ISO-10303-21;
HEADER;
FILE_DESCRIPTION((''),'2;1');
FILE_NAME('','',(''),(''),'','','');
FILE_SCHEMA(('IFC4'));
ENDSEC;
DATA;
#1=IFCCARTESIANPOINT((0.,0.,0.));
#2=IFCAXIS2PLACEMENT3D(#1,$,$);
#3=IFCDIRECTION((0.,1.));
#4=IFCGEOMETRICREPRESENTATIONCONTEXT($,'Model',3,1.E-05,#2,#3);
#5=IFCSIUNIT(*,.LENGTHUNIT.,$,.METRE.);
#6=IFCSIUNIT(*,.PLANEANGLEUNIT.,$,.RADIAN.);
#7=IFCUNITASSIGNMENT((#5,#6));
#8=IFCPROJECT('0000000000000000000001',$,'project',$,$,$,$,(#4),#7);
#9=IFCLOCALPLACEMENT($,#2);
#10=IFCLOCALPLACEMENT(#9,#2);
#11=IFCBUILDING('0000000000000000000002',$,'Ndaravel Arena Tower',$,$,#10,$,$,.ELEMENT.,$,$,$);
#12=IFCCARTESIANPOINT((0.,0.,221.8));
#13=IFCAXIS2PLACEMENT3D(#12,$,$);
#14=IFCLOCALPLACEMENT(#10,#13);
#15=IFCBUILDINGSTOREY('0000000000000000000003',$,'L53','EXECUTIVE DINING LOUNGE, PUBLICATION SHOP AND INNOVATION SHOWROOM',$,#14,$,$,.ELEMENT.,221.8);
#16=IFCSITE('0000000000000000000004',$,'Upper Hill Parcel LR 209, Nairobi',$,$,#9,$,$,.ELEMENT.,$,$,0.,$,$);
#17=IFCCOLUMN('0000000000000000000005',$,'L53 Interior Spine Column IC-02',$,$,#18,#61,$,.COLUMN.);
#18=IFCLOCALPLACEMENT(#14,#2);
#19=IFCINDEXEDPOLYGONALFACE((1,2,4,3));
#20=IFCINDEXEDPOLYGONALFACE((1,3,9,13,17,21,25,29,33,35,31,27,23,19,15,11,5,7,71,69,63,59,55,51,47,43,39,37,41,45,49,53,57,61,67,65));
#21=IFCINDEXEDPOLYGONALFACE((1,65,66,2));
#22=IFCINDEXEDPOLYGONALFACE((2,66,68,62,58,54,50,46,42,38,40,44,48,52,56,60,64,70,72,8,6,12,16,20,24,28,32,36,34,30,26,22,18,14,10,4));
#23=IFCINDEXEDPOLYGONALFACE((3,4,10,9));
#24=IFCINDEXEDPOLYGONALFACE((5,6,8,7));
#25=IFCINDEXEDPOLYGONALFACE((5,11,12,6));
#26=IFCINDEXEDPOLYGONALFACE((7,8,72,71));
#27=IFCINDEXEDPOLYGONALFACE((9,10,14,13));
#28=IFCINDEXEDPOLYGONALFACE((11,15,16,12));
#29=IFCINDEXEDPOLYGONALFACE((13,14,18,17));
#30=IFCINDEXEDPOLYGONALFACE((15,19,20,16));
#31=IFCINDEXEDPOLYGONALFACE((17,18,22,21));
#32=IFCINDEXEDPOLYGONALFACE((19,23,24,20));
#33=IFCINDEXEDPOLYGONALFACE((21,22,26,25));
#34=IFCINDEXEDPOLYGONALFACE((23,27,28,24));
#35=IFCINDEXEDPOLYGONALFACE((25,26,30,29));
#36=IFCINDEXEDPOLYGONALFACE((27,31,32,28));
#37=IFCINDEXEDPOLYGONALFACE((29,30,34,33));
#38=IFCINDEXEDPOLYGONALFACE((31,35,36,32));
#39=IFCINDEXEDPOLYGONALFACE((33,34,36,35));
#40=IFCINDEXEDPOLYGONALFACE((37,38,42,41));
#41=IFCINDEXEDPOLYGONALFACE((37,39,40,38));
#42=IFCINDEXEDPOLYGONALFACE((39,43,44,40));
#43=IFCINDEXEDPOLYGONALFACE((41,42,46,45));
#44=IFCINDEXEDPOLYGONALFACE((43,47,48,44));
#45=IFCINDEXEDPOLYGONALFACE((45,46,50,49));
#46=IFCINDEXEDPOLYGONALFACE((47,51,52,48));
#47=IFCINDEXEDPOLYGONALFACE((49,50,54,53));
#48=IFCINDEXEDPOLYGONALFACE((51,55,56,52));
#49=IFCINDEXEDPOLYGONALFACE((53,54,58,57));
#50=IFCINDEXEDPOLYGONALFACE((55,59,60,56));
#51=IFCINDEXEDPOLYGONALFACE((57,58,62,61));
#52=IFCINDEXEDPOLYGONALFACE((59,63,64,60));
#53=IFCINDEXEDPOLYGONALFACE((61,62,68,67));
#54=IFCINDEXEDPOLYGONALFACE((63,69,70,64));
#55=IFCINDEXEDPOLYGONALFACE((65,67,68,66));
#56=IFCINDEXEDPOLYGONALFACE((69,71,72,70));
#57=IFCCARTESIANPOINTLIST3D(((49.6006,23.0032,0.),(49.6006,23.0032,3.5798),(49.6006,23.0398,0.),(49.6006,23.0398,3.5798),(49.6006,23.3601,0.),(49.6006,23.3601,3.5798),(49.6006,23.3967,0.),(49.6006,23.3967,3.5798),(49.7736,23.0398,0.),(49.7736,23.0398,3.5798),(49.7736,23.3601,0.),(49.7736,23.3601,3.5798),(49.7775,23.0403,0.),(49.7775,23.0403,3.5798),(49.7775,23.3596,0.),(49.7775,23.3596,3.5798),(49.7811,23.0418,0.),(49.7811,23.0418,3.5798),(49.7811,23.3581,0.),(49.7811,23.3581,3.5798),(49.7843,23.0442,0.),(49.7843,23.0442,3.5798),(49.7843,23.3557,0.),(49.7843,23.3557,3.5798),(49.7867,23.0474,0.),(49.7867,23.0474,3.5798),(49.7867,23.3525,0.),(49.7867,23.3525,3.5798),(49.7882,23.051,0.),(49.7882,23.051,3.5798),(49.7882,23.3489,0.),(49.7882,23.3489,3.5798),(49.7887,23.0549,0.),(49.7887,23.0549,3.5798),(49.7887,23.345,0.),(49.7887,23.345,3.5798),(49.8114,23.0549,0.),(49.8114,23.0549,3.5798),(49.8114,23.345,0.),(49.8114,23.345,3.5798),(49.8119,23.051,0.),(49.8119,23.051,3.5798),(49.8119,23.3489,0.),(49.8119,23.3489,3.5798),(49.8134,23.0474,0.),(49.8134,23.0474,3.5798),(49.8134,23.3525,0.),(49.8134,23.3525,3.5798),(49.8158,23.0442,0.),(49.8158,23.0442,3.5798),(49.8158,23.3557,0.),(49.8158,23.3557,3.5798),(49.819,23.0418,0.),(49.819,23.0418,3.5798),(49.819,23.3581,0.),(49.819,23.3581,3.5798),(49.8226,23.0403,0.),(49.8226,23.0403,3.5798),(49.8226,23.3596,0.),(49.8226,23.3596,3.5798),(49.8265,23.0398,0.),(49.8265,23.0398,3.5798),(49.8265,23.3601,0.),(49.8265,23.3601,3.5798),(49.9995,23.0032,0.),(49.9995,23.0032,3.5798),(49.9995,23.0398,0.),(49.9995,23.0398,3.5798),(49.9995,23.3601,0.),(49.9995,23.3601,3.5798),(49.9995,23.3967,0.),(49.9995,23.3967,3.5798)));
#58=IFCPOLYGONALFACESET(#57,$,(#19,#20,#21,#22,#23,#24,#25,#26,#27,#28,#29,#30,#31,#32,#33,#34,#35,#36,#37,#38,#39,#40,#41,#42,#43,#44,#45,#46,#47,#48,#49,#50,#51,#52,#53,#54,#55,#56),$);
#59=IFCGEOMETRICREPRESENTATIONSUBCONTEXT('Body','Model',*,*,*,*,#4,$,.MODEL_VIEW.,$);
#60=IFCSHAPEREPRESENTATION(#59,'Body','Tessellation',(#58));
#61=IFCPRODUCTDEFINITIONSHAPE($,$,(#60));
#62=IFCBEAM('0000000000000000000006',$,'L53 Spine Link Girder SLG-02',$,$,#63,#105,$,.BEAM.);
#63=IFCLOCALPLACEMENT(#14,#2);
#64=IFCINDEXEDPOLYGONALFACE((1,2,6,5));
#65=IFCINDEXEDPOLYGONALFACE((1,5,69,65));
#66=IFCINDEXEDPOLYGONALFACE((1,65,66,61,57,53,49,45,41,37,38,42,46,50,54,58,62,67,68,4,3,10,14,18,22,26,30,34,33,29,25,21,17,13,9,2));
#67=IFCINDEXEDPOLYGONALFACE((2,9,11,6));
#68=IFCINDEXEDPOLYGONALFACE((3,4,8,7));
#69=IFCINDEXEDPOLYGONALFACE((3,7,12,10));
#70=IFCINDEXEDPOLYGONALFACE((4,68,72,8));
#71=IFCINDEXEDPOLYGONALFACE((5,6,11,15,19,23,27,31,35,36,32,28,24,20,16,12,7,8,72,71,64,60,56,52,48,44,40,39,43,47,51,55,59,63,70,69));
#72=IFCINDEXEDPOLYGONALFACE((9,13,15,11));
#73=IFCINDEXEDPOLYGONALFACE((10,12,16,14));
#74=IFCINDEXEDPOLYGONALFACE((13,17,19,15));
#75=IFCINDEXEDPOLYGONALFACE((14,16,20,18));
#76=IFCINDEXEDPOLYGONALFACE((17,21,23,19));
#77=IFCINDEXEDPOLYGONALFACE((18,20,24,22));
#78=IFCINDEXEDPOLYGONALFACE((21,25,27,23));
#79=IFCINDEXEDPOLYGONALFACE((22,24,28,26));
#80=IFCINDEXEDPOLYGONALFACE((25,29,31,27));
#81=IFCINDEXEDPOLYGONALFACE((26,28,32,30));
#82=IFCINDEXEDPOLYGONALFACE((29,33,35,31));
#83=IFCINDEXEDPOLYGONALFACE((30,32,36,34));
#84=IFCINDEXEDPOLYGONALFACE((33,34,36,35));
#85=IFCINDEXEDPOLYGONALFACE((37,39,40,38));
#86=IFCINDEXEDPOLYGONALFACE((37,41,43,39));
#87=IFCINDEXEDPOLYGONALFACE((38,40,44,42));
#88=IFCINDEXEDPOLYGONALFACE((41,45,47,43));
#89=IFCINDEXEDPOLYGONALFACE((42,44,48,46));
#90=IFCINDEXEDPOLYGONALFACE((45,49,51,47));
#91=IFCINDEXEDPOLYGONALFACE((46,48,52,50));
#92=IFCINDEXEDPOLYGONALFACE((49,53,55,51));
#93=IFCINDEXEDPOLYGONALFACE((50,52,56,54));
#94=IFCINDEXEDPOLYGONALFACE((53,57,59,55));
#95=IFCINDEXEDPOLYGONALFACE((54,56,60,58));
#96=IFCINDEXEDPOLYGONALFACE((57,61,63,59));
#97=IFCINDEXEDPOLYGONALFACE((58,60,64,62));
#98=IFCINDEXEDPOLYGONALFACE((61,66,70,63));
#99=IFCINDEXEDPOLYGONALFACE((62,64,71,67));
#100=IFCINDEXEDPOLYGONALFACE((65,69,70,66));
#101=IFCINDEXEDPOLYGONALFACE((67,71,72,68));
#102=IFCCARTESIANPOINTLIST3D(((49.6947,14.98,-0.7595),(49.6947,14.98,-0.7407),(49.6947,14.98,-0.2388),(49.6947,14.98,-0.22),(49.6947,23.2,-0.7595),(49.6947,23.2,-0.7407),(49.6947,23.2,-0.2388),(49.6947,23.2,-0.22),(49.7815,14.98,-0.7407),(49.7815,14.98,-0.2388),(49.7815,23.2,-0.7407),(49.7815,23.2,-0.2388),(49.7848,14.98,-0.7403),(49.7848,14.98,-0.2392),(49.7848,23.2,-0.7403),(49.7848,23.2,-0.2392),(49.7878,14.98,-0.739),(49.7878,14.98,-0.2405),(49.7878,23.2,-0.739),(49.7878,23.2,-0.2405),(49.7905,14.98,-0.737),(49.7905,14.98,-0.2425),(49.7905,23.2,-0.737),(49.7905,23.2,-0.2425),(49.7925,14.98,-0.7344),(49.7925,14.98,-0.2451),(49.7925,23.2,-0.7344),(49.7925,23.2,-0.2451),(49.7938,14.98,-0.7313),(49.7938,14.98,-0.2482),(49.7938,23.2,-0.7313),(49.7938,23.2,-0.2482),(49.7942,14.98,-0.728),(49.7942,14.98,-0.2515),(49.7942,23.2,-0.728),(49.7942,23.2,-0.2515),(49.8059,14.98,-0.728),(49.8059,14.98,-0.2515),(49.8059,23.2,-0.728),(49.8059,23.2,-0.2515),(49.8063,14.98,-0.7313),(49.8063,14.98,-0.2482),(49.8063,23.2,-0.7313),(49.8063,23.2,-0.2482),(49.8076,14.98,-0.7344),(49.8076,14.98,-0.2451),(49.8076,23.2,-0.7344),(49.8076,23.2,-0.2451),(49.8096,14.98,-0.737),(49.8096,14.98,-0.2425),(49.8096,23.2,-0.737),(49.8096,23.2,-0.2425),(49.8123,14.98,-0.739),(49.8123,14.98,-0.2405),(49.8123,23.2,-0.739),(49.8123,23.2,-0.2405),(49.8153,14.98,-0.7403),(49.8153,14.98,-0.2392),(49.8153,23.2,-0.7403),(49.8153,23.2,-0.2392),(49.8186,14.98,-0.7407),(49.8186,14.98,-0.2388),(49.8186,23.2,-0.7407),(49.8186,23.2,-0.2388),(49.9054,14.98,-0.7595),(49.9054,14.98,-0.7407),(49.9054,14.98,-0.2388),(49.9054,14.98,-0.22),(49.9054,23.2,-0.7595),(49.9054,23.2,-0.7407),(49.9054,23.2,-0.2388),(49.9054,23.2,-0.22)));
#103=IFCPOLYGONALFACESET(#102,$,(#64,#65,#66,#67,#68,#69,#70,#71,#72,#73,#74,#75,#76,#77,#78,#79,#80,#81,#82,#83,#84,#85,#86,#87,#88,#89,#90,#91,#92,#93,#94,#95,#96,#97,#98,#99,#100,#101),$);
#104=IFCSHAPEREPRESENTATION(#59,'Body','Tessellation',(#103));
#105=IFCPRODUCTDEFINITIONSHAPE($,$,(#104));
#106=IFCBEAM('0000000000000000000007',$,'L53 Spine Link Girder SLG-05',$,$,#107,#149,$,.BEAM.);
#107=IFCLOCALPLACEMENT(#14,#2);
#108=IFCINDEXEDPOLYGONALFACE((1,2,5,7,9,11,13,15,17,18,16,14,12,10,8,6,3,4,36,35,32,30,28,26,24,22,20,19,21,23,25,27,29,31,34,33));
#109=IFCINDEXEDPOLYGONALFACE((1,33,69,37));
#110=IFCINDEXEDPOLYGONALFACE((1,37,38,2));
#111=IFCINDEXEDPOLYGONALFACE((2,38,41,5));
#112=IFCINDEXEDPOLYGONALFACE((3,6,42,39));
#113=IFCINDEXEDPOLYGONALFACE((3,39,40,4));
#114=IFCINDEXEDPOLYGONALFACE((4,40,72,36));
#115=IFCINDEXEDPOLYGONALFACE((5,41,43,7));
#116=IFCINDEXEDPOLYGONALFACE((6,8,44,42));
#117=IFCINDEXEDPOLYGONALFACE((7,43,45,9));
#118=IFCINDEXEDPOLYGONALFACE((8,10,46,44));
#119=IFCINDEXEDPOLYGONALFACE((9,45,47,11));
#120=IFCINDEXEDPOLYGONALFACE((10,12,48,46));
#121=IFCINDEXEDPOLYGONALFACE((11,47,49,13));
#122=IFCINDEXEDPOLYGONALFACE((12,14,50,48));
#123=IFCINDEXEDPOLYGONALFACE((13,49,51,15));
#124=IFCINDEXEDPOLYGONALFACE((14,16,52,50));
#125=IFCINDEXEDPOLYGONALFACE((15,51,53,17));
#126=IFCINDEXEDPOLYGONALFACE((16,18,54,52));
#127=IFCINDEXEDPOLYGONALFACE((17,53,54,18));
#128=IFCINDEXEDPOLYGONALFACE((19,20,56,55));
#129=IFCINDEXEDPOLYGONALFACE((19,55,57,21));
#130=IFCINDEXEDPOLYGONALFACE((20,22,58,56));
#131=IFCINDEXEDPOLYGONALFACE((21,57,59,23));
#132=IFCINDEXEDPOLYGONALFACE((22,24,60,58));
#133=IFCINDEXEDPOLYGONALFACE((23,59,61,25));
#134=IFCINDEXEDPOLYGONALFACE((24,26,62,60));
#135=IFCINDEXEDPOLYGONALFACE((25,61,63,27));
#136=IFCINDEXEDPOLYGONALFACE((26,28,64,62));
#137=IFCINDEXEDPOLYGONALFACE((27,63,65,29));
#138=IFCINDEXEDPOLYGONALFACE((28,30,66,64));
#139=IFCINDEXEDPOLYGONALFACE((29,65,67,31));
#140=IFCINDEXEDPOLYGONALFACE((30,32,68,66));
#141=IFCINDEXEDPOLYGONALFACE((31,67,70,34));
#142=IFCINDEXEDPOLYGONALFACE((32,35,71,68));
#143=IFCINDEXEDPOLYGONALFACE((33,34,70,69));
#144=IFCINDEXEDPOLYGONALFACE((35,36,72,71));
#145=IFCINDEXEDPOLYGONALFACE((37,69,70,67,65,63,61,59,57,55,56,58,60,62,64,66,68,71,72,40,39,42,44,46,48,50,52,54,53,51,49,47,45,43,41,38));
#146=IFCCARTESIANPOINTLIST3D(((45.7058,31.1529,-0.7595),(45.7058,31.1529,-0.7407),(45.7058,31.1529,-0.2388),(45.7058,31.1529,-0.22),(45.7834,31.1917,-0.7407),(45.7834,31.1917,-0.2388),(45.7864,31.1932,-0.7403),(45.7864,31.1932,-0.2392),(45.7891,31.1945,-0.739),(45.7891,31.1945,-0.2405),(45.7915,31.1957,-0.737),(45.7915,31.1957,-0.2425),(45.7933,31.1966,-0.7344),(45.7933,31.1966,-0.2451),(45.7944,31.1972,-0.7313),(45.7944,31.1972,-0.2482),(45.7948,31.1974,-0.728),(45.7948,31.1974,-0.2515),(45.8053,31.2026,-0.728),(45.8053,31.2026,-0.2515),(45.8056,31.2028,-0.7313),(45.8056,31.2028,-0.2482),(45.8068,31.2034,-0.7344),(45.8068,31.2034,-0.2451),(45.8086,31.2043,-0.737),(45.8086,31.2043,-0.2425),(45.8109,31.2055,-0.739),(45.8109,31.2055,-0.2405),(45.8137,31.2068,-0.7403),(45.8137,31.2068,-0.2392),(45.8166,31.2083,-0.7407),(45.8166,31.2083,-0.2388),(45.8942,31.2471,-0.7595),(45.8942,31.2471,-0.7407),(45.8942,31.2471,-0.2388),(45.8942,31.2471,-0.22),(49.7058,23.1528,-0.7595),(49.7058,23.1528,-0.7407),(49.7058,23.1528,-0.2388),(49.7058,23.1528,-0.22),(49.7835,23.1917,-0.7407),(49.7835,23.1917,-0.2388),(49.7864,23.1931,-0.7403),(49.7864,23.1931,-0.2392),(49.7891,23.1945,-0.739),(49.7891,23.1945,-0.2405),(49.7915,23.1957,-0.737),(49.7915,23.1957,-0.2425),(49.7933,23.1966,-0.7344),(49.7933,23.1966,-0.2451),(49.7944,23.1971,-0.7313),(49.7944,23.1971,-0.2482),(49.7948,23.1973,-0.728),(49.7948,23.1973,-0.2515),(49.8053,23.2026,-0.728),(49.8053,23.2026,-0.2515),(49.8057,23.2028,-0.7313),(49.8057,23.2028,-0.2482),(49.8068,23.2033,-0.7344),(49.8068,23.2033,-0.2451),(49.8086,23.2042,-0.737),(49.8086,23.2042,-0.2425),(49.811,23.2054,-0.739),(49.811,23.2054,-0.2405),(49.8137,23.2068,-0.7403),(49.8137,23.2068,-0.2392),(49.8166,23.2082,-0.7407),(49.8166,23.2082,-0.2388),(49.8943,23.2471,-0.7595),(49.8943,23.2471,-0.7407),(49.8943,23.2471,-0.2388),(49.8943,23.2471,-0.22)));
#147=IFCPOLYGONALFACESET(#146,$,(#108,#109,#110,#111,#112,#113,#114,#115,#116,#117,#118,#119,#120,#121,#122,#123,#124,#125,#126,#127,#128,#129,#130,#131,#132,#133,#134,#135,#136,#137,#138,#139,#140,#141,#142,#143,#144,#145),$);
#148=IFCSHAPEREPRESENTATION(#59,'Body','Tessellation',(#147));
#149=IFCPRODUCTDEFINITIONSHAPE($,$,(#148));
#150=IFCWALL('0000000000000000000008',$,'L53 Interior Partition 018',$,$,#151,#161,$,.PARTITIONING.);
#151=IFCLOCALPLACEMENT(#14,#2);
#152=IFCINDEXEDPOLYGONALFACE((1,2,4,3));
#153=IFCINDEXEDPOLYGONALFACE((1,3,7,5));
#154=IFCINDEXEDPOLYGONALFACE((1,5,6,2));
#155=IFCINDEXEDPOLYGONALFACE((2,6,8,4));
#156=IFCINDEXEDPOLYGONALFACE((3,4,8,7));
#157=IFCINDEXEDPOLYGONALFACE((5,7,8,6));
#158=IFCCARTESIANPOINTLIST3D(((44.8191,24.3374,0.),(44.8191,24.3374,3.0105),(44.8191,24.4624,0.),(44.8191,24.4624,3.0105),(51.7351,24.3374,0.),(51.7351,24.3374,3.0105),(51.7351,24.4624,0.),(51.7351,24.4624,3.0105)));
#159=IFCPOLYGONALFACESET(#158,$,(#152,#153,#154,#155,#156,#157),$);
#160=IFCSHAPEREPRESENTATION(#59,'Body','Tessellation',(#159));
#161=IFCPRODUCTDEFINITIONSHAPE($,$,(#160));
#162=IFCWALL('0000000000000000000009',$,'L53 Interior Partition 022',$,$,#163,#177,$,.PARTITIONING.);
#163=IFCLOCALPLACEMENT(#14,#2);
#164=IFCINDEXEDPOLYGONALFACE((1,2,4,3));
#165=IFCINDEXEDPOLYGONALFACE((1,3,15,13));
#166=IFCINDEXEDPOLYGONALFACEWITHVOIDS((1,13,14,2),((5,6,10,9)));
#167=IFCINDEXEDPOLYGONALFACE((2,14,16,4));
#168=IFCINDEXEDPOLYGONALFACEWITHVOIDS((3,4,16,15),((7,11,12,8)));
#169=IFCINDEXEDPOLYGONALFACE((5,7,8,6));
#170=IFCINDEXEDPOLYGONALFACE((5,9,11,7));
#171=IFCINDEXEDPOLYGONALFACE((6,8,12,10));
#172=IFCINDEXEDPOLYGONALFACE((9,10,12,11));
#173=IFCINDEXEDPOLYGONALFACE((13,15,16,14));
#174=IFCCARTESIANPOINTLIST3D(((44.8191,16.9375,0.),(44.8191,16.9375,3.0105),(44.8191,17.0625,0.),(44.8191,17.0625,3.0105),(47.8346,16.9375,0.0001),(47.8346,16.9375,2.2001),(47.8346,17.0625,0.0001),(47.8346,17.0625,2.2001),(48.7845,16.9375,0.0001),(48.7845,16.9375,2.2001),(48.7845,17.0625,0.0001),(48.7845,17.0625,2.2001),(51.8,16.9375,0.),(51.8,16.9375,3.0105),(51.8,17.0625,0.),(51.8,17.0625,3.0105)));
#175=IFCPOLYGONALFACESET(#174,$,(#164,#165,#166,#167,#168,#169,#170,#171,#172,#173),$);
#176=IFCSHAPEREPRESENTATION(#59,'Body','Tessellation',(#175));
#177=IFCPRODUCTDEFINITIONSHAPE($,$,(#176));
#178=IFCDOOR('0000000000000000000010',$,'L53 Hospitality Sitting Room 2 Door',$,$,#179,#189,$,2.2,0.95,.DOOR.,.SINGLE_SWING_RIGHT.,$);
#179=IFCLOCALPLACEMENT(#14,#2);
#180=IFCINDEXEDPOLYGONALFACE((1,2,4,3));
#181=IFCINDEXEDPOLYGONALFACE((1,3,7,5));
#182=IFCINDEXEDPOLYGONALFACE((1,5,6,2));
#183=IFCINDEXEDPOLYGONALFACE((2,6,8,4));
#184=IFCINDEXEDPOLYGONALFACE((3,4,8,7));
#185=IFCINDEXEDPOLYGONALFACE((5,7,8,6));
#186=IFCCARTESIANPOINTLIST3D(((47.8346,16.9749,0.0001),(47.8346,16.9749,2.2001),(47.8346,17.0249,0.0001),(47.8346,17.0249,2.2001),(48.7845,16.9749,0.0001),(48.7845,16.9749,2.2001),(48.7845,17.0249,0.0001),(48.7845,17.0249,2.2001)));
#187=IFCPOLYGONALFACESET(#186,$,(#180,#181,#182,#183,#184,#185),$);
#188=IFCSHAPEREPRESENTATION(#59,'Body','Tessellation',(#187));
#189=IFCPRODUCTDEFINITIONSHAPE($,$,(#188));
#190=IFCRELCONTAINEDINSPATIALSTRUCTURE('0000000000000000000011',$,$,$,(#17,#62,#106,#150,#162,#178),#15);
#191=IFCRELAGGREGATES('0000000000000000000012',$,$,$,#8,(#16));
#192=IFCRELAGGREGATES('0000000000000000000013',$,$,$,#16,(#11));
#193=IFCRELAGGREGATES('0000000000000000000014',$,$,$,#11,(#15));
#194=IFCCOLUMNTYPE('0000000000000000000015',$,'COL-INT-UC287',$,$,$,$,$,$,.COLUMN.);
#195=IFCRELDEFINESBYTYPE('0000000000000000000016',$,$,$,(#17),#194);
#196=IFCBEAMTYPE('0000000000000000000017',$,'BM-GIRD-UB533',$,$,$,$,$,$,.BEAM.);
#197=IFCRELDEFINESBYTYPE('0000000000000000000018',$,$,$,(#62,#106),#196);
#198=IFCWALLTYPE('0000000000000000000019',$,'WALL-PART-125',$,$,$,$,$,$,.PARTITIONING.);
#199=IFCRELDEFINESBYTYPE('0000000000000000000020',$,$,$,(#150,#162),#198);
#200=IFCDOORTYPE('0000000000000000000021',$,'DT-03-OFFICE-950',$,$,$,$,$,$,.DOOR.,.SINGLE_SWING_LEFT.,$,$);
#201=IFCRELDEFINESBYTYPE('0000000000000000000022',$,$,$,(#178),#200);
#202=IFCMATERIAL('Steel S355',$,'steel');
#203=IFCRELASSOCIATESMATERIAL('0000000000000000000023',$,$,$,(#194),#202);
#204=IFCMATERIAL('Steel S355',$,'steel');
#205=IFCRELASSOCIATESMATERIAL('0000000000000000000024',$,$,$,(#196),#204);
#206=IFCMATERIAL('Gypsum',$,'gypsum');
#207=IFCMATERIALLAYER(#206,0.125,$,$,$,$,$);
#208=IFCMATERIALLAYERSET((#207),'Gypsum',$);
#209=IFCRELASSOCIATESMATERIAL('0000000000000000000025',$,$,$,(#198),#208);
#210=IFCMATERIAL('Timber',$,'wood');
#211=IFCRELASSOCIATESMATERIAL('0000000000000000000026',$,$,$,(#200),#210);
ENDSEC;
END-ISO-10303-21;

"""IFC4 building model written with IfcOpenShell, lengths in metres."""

from ifc_helpers import new_model, si_unit, direction, frame, frame_2d, origin, origin_2d, place, context, subcontext, project, spatial, rectangle, i_section, extrude, material, layer, layer_set, material_profile, profile_set, type_object, element, fill, save


model = new_model("IFC4")

# Units and contexts
model_context = context("Model", 3, precision=1e-05, world=origin(), true_north=direction((0.0, 1.0)))
body_context = subcontext(model_context, "Body", "Model", "MODEL_VIEW")
ifc_project = project(units=[si_unit("LENGTHUNIT", "METRE"), si_unit("PLANEANGLEUNIT", "RADIAN")], contexts=[model_context])

# Site, building, storey
site_placement = place(None, origin())
site = spatial("IfcSite", under=ifc_project, at=site_placement, Name="Upper Hill Parcel LR 209, Nairobi", CompositionType="ELEMENT", RefElevation=0.0)
building_placement = place(site_placement, origin())
building = spatial("IfcBuilding", under=site, at=building_placement, Name="Ndaravel Arena Tower", CompositionType="ELEMENT")
storey_placement = place(building_placement, frame((0.0, 0.0, 221.8)))
storey = spatial("IfcBuildingStorey", under=building, at=storey_placement, Name="L53", Description="EXECUTIVE DINING LOUNGE, PUBLICATION SHOP AND INNOVATION SHOWROOM", CompositionType="ELEMENT", Elevation=221.8)

# Column
ifc_material_1 = material(Name="Steel S355", Category="steel")
ifc_material_profile_1 = material_profile(ifc_material_1, i_section(OverallWidth=0.3989, OverallDepth=0.3936, WebThickness=0.0227, FlangeThickness=0.0366, FilletRadius=0.0151, at=origin_2d()), Name="UC 356x406x287")
ifc_profile_set_1 = profile_set([ifc_material_profile_1], Name="Steel S355")
column_type = type_object("IfcColumnType", Name="COL-INT-UC287", PredefinedType="COLUMN", material=ifc_profile_set_1)
column_placement = place(storey_placement, frame((49.8, 23.2, 0.0), z_axis=(0.0, 0.0, 1.0), x_axis=(1.0, 0.0, 0.0)))
element("IfcColumn", 1, at=column_placement, inside=storey, type_object=column_type, Name="L53 Interior Spine Column IC-02", PredefinedType="COLUMN", context=body_context, shape_type="SweptSolid", body=[
    extrude(i_section(OverallWidth=0.3989, OverallDepth=0.3936, WebThickness=0.0227, FlangeThickness=0.0366, FilletRadius=0.0151, at=origin_2d()), origin(), (0.0, 0.0, 1.0), 3.5798),
])

# Beams
ifc_material_2 = material(Name="Steel S355", Category="steel")
ifc_material_profile_2 = material_profile(ifc_material_2, i_section(OverallWidth=0.2107, OverallDepth=0.5396, WebThickness=0.0117, FlangeThickness=0.0188, FilletRadius=0.0127, at=origin_2d()), Name="UB 533x210x109")
ifc_profile_set_2 = profile_set([ifc_material_profile_2], Name="Steel S355")
beam_type = type_object("IfcBeamType", Name="BM-GIRD-UB533", PredefinedType="BEAM", material=ifc_profile_set_2)
beam_1_placement = place(storey_placement, frame((49.8, 14.98, -0.4897), z_axis=(0.0, 1.0, 0.0), x_axis=(-1.0, 0.0, 0.0)))
element("IfcBeam", 2, at=beam_1_placement, inside=storey, type_object=beam_type, Name="L53 Spine Link Girder SLG-02", PredefinedType="BEAM", context=body_context, shape_type="SweptSolid", body=[
    extrude(i_section(OverallWidth=0.2107, OverallDepth=0.5396, WebThickness=0.0117, FlangeThickness=0.0188, FilletRadius=0.0127, at=origin_2d()), origin(), (0.0, 0.0, 1.0), 8.22),
])
beam_2_placement = place(storey_placement, frame((49.8, 23.2, -0.4897), z_axis=(-0.447214, 0.894427, 0.0), x_axis=(-0.894427, -0.447214, 0.0)))
element("IfcBeam", 3, at=beam_2_placement, inside=storey, type_object=beam_type, Name="L53 Spine Link Girder SLG-05", PredefinedType="BEAM", context=body_context, shape_type="SweptSolid", body=[
    extrude(i_section(OverallWidth=0.2107, OverallDepth=0.5396, WebThickness=0.0117, FlangeThickness=0.0188, FilletRadius=0.0127, at=origin_2d()), origin(), (0.0, 0.0, 1.0), 8.9443),
])

# Wall
ifc_material_3 = material(Name="Gypsum", Category="gypsum")
ifc_layer_1 = layer(ifc_material_3, 0.125)
ifc_layer_set_1 = layer_set([ifc_layer_1], Name="Gypsum")
wall_type_1 = type_object("IfcWallType", Name="WALL-PART-125", PredefinedType="PARTITIONING", material=ifc_layer_set_1)
wall_1_placement = place(storey_placement, frame((51.7351, 24.3999, 0.0), z_axis=(0.0, 0.0, 1.0), x_axis=(-1.0, 0.0, 0.0)))
element("IfcWall", 4, at=wall_1_placement, inside=storey, type_object=wall_type_1, Name="L53 Interior Partition 018", PredefinedType="PARTITIONING", context=body_context, shape_type="SweptSolid", body=[
    extrude(rectangle(XDim=6.916, YDim=0.125, at=frame_2d((3.458, 0.0))), origin(), (0.0, 0.0, 1.0), 3.0105),
])

# Wall, opening, door
wall_2_placement = place(storey_placement, frame((44.8191, 17.0, 0.0), z_axis=(0.0, 0.0, 1.0), x_axis=(1.0, 0.0, 0.0)))
wall_2 = element("IfcWall", 5, at=wall_2_placement, inside=storey, type_object=wall_type_1, Name="L53 Interior Partition 022", PredefinedType="PARTITIONING", context=body_context, shape_type="SweptSolid", body=[
    extrude(rectangle(XDim=6.981, YDim=0.125, at=frame_2d((3.4905, 0.0))), origin(), (0.0, 0.0, 1.0), 3.0105),
])
opening_1_placement = place(wall_2_placement, frame((3.0154, 0.0, 0.0)))
opening_1 = element("IfcOpeningElement", 6, at=opening_1_placement, cuts=wall_2, PredefinedType="OPENING", context=body_context, shape_type="SweptSolid", body=[
    extrude(rectangle(XDim=0.95, YDim=2.2, at=frame_2d((0.4751, 1.1001))), frame((0.0, 0.0625, 0.0), z_axis=(0.0, -1.0, 0.0), x_axis=(1.0, 0.0, 0.0)), (0.0, 0.0, 1.0), 0.125),
])
ifc_material_4 = material(Name="Timber", Category="wood")
door_type_1 = type_object("IfcDoorType", Name="DT-03-OFFICE-950", OperationType="SINGLE_SWING_LEFT", PredefinedType="DOOR", material=ifc_material_4)
door_1_placement = place(opening_1_placement, origin())
door_1 = element("IfcDoor", 7, at=door_1_placement, inside=storey, type_object=door_type_1, Name="L53 Hospitality Sitting Room 2 Door", OperationType="SINGLE_SWING_RIGHT", OverallHeight=2.2, OverallWidth=0.95, PredefinedType="DOOR", context=body_context, shape_type="SweptSolid", body=[
    extrude(rectangle(XDim=0.95, YDim=2.2, at=frame_2d((0.4751, 1.1001))), frame((0.0, 0.0249, 0.0), z_axis=(0.0, -1.0, 0.0), x_axis=(1.0, 0.0, 0.0)), (0.0, 0.0, 1.0), 0.05),
])
fill(opening_1, door_1)

save(model, "model.ifc")
